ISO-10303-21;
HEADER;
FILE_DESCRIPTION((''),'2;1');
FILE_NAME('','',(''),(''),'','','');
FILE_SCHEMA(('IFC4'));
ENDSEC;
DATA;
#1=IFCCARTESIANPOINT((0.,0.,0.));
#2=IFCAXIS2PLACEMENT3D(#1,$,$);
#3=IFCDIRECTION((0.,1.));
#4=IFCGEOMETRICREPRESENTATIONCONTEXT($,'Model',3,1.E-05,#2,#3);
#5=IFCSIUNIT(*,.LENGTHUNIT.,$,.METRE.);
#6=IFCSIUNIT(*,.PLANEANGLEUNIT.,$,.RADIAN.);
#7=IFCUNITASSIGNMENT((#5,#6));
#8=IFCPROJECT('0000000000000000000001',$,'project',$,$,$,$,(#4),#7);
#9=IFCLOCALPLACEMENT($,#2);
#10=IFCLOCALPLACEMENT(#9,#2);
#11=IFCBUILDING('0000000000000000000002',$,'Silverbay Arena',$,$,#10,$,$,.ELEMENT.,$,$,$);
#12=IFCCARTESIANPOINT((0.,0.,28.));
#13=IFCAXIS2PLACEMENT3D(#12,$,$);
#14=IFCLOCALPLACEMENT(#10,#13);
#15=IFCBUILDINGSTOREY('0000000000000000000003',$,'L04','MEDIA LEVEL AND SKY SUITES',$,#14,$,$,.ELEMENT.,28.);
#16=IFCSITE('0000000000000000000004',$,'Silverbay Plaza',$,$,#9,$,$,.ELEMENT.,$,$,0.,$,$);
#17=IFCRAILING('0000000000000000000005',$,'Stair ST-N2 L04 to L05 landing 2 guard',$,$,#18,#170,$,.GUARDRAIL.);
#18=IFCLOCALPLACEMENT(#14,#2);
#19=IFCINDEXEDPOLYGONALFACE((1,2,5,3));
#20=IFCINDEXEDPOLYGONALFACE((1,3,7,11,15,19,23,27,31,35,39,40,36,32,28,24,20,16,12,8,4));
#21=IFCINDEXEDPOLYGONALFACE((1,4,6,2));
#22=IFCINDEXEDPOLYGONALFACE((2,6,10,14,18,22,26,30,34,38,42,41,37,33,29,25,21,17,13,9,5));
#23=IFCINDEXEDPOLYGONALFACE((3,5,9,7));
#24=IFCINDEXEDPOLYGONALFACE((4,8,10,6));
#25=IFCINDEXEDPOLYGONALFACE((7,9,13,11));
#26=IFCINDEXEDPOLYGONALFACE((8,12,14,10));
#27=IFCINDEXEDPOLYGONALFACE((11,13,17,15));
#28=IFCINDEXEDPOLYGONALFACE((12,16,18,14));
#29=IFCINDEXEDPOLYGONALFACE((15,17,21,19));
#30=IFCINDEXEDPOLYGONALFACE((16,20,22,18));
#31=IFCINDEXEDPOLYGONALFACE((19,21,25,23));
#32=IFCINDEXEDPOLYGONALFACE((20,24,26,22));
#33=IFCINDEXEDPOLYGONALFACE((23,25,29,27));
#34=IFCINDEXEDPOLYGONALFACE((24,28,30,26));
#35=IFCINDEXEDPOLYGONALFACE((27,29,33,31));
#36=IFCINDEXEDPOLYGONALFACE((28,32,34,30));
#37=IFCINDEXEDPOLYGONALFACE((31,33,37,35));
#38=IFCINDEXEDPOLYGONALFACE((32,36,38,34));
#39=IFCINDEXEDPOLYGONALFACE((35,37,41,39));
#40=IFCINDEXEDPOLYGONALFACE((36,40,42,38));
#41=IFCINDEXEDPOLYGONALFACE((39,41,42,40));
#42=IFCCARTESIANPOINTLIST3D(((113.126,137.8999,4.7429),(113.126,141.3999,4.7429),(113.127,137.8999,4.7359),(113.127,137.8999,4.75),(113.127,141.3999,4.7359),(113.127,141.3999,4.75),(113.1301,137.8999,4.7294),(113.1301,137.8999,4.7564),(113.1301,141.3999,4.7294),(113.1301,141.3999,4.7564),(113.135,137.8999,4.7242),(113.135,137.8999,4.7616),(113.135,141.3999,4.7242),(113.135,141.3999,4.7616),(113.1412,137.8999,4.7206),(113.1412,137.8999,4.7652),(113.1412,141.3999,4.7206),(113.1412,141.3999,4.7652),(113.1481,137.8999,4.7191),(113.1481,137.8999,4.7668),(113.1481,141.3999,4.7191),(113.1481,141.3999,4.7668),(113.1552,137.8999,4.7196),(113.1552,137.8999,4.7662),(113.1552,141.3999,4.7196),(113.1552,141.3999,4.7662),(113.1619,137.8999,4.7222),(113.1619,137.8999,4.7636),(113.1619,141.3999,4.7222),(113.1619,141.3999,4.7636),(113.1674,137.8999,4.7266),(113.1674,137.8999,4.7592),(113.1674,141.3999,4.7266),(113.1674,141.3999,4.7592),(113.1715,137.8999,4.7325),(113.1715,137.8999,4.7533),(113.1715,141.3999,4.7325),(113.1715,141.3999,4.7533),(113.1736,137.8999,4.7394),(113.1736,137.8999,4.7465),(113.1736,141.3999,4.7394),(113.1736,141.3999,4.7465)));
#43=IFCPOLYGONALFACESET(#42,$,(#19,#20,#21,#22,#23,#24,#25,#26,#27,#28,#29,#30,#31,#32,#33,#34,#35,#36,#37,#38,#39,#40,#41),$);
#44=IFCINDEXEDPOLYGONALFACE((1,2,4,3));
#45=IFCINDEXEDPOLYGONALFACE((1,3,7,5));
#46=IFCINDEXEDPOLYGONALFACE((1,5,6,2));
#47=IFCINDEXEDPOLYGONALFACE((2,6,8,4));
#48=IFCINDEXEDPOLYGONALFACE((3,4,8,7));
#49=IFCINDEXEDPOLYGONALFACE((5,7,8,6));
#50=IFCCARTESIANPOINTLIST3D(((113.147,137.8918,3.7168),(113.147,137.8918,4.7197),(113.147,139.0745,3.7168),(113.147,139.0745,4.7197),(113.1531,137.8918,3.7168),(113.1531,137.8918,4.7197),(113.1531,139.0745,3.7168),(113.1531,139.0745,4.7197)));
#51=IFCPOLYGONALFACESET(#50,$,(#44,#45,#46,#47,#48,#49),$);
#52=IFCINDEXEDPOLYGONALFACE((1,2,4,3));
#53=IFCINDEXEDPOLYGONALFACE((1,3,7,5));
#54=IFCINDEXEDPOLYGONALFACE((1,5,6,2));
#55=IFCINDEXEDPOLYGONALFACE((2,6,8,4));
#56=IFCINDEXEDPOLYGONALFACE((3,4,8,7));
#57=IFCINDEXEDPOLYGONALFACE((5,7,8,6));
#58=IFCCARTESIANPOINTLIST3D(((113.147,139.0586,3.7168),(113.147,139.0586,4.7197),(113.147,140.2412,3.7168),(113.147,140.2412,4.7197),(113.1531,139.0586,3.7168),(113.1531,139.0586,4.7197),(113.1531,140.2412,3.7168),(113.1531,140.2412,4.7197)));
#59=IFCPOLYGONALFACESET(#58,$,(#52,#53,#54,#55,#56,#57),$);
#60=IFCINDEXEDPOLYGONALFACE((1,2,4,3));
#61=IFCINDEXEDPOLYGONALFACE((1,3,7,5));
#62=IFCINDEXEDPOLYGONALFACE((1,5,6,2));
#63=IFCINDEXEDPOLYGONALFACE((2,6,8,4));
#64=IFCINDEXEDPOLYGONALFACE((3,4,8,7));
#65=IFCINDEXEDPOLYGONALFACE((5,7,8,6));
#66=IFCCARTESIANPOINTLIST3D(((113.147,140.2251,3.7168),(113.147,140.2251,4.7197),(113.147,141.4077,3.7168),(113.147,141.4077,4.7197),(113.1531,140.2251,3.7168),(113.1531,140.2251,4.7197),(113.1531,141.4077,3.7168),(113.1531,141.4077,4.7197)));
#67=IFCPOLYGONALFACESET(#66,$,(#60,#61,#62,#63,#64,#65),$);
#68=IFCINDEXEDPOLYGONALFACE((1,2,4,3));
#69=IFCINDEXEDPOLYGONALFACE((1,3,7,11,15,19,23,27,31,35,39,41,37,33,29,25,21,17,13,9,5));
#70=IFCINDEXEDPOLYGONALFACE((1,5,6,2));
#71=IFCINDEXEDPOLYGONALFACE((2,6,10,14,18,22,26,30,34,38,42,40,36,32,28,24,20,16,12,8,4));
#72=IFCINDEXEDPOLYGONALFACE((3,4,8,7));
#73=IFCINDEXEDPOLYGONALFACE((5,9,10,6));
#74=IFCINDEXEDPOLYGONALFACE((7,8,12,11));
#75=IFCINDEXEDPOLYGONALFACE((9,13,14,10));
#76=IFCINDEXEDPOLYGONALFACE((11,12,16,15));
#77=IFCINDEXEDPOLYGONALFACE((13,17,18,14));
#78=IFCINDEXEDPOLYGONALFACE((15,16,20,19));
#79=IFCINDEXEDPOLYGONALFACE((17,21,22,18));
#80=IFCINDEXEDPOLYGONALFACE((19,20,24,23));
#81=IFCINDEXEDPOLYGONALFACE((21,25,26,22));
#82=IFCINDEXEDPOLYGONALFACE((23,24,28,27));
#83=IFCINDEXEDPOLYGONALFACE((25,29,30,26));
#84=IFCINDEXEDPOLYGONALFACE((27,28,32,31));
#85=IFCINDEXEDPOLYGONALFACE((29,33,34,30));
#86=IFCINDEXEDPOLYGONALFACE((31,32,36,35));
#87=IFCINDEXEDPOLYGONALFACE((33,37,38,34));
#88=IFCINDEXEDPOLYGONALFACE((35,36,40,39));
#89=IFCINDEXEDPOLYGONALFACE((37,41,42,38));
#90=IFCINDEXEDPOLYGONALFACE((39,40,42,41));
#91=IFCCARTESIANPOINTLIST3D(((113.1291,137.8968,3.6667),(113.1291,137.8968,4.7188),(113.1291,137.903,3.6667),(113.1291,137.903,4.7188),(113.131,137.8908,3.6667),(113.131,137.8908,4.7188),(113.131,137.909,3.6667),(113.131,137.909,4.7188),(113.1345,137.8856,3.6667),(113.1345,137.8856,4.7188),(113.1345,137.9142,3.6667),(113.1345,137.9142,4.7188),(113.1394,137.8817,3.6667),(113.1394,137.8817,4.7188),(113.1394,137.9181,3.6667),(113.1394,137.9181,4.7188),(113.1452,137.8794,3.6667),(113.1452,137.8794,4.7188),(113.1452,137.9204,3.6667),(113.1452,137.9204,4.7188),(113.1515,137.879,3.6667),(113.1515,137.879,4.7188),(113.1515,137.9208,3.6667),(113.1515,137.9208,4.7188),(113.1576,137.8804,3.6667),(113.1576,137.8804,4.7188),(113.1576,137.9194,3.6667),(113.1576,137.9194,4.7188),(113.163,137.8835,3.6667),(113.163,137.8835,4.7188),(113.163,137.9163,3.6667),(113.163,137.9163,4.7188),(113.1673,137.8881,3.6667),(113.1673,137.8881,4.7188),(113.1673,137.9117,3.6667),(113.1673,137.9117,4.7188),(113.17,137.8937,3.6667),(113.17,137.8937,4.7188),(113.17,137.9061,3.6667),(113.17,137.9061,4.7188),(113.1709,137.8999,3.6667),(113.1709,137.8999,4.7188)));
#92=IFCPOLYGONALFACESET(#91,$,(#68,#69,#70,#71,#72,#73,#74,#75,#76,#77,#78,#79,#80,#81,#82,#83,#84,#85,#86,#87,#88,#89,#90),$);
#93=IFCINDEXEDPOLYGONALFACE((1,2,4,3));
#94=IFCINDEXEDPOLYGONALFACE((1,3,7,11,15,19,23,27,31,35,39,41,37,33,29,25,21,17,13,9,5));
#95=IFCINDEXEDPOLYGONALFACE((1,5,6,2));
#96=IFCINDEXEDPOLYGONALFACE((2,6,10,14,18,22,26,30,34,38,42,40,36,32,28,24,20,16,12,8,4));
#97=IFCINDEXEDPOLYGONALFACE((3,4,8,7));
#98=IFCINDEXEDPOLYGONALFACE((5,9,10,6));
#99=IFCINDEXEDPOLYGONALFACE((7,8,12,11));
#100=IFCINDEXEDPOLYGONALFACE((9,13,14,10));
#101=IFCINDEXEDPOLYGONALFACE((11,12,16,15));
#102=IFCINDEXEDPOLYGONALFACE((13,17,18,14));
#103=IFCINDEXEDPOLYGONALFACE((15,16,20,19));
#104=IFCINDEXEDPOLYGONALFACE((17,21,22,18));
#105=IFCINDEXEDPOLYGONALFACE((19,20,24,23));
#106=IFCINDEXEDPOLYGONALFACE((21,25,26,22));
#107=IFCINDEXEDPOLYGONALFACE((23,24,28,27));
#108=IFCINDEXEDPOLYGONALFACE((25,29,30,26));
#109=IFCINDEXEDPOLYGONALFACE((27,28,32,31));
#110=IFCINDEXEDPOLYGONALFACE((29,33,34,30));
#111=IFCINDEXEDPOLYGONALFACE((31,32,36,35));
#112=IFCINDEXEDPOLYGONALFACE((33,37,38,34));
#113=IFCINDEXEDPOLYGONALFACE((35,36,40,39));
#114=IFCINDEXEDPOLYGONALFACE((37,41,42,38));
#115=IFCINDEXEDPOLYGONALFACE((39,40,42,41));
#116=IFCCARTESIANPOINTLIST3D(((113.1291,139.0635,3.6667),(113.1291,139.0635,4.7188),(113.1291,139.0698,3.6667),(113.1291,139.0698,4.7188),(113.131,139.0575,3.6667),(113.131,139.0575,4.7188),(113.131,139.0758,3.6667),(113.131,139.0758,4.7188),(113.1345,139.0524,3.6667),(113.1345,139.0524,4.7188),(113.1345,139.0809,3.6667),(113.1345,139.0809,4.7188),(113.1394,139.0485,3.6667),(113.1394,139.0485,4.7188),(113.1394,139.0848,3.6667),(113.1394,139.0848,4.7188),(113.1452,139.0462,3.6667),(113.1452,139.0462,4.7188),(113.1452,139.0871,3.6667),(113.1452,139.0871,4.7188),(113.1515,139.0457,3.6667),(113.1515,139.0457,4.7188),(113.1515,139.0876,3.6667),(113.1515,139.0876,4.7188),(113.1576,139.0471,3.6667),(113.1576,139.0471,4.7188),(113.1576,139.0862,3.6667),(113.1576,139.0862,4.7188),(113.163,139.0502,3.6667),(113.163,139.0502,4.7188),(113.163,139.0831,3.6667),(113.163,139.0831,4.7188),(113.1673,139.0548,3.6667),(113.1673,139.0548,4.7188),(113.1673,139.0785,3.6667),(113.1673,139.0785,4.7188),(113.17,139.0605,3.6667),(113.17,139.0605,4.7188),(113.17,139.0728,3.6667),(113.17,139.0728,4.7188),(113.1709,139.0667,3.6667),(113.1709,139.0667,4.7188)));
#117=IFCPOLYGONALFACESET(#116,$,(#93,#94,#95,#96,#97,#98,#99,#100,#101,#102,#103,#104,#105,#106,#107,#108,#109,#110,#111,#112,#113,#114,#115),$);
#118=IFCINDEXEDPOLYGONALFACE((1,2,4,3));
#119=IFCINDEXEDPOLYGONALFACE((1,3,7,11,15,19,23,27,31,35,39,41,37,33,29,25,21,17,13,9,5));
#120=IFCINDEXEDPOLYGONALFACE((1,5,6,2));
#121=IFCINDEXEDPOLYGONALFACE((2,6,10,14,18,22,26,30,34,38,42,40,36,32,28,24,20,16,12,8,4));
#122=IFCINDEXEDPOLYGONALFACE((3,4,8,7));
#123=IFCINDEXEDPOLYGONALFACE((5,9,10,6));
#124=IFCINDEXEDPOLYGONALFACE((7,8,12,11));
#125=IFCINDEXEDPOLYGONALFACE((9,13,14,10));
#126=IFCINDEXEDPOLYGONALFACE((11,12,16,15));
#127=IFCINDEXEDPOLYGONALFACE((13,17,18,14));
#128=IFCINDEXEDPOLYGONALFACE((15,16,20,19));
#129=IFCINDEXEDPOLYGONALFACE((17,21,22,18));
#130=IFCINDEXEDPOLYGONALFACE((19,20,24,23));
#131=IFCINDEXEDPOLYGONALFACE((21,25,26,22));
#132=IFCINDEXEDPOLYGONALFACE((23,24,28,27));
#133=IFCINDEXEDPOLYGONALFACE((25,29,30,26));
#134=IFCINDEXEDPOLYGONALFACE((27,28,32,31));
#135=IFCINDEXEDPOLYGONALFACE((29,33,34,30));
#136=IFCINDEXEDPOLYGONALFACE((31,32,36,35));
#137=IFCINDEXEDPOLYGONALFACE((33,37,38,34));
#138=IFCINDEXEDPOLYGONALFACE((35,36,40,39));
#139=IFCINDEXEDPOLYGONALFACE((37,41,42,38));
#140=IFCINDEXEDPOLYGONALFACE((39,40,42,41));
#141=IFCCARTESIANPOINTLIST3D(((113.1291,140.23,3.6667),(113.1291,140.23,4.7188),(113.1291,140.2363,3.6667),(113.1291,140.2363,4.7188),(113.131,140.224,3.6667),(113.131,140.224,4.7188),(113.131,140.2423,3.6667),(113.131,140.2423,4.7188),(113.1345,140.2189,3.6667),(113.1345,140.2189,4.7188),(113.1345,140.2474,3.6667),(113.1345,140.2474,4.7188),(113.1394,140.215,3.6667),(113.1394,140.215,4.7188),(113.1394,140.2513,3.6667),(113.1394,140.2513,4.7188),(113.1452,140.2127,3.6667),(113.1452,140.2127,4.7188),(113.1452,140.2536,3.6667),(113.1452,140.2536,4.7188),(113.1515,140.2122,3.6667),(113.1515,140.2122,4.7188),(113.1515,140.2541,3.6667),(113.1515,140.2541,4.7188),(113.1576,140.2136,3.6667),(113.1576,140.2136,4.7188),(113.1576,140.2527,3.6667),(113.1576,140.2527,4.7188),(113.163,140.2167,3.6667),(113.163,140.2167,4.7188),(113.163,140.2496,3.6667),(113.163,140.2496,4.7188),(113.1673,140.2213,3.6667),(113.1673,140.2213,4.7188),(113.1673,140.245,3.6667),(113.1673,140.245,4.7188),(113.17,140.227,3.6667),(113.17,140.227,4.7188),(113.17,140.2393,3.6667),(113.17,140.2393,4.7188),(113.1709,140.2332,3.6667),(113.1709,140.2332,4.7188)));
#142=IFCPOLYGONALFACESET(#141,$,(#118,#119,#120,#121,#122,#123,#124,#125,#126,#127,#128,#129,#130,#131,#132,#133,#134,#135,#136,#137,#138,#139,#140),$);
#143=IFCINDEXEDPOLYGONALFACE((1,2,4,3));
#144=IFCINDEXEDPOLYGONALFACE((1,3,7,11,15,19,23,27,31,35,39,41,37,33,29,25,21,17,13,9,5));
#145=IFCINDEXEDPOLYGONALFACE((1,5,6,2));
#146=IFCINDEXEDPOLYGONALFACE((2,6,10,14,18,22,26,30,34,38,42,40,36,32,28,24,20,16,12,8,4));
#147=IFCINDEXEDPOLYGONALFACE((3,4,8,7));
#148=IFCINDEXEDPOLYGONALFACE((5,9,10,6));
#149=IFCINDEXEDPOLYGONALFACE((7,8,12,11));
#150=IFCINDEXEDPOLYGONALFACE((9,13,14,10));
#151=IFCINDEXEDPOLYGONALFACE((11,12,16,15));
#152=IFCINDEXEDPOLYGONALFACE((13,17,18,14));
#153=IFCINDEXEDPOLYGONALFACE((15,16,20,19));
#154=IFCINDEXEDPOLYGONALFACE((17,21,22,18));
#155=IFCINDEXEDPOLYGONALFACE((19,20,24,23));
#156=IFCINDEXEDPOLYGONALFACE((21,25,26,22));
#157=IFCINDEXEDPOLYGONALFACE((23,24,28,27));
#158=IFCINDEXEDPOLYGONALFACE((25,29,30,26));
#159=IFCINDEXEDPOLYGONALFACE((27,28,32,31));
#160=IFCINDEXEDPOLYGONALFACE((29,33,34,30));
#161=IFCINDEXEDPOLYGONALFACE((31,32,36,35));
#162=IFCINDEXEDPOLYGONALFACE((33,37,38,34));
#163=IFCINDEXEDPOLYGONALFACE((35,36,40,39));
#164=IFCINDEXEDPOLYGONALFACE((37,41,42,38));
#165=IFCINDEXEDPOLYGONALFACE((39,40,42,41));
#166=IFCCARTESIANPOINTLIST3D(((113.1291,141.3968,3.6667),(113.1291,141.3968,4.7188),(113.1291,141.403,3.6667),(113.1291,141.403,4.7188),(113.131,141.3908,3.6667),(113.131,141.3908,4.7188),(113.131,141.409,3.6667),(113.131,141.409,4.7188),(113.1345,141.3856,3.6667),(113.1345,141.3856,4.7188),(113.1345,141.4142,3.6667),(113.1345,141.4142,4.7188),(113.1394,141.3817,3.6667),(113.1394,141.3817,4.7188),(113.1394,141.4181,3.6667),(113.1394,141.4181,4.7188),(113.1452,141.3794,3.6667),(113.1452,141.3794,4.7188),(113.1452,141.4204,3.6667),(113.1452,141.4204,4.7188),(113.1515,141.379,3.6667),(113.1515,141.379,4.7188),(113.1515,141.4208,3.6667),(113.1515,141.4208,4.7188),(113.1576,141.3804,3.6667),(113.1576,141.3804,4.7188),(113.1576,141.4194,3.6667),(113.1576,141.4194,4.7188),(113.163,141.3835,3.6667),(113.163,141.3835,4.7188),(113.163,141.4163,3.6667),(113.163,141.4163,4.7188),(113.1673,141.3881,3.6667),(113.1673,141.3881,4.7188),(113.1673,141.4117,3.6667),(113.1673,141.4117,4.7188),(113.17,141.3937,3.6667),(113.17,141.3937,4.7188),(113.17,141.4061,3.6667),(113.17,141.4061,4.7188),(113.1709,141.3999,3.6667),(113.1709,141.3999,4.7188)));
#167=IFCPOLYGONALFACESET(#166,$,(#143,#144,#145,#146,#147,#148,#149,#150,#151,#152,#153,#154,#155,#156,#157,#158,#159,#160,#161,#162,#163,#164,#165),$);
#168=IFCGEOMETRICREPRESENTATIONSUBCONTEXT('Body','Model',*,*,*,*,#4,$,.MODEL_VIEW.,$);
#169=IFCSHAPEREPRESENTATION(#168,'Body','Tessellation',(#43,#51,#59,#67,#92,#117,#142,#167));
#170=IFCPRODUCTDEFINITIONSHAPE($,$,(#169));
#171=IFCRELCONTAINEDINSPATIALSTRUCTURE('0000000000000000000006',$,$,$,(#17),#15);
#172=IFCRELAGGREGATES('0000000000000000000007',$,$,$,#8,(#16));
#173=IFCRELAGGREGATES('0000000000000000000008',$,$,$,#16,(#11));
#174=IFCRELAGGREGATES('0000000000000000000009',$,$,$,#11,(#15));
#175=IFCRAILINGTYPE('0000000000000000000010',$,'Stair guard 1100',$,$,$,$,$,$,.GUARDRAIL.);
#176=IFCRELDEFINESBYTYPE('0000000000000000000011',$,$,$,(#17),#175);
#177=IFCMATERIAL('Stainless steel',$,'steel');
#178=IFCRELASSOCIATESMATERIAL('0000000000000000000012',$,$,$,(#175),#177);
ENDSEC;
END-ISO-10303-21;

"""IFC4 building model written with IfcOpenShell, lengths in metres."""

from ifc_helpers import new_model, si_unit, direction, frame, origin, origin_2d, place, context, subcontext, project, spatial, polyline, circle, outline, extrude, material, type_object, element, save


model = new_model("IFC4")

# Units and contexts
model_context = context("Model", 3, precision=1e-05, world=origin(), true_north=direction((0.0, 1.0)))
body_context = subcontext(model_context, "Body", "Model", "MODEL_VIEW")
ifc_project = project(units=[si_unit("LENGTHUNIT", "METRE"), si_unit("PLANEANGLEUNIT", "RADIAN")], contexts=[model_context])

# Site, building, storey
site_placement = place(None, origin())
site = spatial("IfcSite", under=ifc_project, at=site_placement, Name="Silverbay Plaza", CompositionType="ELEMENT", RefElevation=0.0)
building_placement = place(site_placement, origin())
building = spatial("IfcBuilding", under=site, at=building_placement, Name="Silverbay Arena", CompositionType="ELEMENT")
storey_placement = place(building_placement, frame((0.0, 0.0, 28.0)))
storey = spatial("IfcBuildingStorey", under=building, at=storey_placement, Name="L04", Description="MEDIA LEVEL AND SKY SUITES", CompositionType="ELEMENT", Elevation=28.0)

# Railing
ifc_material_1 = material(Name="Stainless steel", Category="steel")
railing_type_1 = type_object("IfcRailingType", Name="Stair guard 1100", PredefinedType="GUARDRAIL", material=ifc_material_1)
for number, where, name in (
    (1, (113.1499, 137.8999, 3.6667), "Stair ST-N2 L04 to L05 landing 2 guard"),
):
    element("IfcRailing", number, at=place(storey_placement, frame(where)), inside=storey, type_object=railing_type_1, Name=name, PredefinedType="GUARDRAIL", context=body_context, shape_type="SweptSolid", body=[
        extrude(circle(Radius=0.0239, at=origin_2d()), frame((0.0, 0.0, 1.0762), z_axis=(0.0, 1.0, 0.0), x_axis=(-1.0, 0.0, 0.0)), (0.0, 0.0, 1.0), 3.5),
        extrude(outline(polyline([(-0.0081, 0.05), (1.1746, 0.05), (1.1746, 1.053), (-0.0081, 1.053), (-0.0081, 0.05)])), frame((-0.0029, 0.0, 0.0), z_axis=(1.0, 0.0, 0.0), x_axis=(0.0, 1.0, 0.0)), (0.0, 0.0, 1.0), 0.0061),
        extrude(outline(polyline([(-0.0081, 0.05), (1.1746, 0.05), (1.1746, 1.053), (-0.0081, 1.053), (-0.0081, 0.05)])), frame((-0.0029, 1.1667, 0.0), z_axis=(1.0, 0.0, 0.0), x_axis=(0.0, 1.0, 0.0)), (0.0, 0.0, 1.0), 0.0061),
        extrude(outline(polyline([(-0.0081, 0.05), (1.1746, 0.05), (1.1746, 1.053), (-0.0081, 1.053), (-0.0081, 0.05)])), frame((-0.0029, 2.3333, 0.0), z_axis=(1.0, 0.0, 0.0), x_axis=(0.0, 1.0, 0.0)), (0.0, 0.0, 1.0), 0.0061),
        extrude(circle(Radius=0.021, at=origin_2d()), origin(), (0.0, 0.0, 1.0), 1.052),
        extrude(circle(Radius=0.021, at=origin_2d()), frame((0.0, 1.1667, 0.0)), (0.0, 0.0, 1.0), 1.052),
        extrude(circle(Radius=0.021, at=origin_2d()), frame((0.0, 2.3333, 0.0)), (0.0, 0.0, 1.0), 1.052),
        extrude(circle(Radius=0.021, at=origin_2d()), frame((0.0, 3.5, 0.0)), (0.0, 0.0, 1.0), 1.052),
    ])

save(model, "model.ifc")
